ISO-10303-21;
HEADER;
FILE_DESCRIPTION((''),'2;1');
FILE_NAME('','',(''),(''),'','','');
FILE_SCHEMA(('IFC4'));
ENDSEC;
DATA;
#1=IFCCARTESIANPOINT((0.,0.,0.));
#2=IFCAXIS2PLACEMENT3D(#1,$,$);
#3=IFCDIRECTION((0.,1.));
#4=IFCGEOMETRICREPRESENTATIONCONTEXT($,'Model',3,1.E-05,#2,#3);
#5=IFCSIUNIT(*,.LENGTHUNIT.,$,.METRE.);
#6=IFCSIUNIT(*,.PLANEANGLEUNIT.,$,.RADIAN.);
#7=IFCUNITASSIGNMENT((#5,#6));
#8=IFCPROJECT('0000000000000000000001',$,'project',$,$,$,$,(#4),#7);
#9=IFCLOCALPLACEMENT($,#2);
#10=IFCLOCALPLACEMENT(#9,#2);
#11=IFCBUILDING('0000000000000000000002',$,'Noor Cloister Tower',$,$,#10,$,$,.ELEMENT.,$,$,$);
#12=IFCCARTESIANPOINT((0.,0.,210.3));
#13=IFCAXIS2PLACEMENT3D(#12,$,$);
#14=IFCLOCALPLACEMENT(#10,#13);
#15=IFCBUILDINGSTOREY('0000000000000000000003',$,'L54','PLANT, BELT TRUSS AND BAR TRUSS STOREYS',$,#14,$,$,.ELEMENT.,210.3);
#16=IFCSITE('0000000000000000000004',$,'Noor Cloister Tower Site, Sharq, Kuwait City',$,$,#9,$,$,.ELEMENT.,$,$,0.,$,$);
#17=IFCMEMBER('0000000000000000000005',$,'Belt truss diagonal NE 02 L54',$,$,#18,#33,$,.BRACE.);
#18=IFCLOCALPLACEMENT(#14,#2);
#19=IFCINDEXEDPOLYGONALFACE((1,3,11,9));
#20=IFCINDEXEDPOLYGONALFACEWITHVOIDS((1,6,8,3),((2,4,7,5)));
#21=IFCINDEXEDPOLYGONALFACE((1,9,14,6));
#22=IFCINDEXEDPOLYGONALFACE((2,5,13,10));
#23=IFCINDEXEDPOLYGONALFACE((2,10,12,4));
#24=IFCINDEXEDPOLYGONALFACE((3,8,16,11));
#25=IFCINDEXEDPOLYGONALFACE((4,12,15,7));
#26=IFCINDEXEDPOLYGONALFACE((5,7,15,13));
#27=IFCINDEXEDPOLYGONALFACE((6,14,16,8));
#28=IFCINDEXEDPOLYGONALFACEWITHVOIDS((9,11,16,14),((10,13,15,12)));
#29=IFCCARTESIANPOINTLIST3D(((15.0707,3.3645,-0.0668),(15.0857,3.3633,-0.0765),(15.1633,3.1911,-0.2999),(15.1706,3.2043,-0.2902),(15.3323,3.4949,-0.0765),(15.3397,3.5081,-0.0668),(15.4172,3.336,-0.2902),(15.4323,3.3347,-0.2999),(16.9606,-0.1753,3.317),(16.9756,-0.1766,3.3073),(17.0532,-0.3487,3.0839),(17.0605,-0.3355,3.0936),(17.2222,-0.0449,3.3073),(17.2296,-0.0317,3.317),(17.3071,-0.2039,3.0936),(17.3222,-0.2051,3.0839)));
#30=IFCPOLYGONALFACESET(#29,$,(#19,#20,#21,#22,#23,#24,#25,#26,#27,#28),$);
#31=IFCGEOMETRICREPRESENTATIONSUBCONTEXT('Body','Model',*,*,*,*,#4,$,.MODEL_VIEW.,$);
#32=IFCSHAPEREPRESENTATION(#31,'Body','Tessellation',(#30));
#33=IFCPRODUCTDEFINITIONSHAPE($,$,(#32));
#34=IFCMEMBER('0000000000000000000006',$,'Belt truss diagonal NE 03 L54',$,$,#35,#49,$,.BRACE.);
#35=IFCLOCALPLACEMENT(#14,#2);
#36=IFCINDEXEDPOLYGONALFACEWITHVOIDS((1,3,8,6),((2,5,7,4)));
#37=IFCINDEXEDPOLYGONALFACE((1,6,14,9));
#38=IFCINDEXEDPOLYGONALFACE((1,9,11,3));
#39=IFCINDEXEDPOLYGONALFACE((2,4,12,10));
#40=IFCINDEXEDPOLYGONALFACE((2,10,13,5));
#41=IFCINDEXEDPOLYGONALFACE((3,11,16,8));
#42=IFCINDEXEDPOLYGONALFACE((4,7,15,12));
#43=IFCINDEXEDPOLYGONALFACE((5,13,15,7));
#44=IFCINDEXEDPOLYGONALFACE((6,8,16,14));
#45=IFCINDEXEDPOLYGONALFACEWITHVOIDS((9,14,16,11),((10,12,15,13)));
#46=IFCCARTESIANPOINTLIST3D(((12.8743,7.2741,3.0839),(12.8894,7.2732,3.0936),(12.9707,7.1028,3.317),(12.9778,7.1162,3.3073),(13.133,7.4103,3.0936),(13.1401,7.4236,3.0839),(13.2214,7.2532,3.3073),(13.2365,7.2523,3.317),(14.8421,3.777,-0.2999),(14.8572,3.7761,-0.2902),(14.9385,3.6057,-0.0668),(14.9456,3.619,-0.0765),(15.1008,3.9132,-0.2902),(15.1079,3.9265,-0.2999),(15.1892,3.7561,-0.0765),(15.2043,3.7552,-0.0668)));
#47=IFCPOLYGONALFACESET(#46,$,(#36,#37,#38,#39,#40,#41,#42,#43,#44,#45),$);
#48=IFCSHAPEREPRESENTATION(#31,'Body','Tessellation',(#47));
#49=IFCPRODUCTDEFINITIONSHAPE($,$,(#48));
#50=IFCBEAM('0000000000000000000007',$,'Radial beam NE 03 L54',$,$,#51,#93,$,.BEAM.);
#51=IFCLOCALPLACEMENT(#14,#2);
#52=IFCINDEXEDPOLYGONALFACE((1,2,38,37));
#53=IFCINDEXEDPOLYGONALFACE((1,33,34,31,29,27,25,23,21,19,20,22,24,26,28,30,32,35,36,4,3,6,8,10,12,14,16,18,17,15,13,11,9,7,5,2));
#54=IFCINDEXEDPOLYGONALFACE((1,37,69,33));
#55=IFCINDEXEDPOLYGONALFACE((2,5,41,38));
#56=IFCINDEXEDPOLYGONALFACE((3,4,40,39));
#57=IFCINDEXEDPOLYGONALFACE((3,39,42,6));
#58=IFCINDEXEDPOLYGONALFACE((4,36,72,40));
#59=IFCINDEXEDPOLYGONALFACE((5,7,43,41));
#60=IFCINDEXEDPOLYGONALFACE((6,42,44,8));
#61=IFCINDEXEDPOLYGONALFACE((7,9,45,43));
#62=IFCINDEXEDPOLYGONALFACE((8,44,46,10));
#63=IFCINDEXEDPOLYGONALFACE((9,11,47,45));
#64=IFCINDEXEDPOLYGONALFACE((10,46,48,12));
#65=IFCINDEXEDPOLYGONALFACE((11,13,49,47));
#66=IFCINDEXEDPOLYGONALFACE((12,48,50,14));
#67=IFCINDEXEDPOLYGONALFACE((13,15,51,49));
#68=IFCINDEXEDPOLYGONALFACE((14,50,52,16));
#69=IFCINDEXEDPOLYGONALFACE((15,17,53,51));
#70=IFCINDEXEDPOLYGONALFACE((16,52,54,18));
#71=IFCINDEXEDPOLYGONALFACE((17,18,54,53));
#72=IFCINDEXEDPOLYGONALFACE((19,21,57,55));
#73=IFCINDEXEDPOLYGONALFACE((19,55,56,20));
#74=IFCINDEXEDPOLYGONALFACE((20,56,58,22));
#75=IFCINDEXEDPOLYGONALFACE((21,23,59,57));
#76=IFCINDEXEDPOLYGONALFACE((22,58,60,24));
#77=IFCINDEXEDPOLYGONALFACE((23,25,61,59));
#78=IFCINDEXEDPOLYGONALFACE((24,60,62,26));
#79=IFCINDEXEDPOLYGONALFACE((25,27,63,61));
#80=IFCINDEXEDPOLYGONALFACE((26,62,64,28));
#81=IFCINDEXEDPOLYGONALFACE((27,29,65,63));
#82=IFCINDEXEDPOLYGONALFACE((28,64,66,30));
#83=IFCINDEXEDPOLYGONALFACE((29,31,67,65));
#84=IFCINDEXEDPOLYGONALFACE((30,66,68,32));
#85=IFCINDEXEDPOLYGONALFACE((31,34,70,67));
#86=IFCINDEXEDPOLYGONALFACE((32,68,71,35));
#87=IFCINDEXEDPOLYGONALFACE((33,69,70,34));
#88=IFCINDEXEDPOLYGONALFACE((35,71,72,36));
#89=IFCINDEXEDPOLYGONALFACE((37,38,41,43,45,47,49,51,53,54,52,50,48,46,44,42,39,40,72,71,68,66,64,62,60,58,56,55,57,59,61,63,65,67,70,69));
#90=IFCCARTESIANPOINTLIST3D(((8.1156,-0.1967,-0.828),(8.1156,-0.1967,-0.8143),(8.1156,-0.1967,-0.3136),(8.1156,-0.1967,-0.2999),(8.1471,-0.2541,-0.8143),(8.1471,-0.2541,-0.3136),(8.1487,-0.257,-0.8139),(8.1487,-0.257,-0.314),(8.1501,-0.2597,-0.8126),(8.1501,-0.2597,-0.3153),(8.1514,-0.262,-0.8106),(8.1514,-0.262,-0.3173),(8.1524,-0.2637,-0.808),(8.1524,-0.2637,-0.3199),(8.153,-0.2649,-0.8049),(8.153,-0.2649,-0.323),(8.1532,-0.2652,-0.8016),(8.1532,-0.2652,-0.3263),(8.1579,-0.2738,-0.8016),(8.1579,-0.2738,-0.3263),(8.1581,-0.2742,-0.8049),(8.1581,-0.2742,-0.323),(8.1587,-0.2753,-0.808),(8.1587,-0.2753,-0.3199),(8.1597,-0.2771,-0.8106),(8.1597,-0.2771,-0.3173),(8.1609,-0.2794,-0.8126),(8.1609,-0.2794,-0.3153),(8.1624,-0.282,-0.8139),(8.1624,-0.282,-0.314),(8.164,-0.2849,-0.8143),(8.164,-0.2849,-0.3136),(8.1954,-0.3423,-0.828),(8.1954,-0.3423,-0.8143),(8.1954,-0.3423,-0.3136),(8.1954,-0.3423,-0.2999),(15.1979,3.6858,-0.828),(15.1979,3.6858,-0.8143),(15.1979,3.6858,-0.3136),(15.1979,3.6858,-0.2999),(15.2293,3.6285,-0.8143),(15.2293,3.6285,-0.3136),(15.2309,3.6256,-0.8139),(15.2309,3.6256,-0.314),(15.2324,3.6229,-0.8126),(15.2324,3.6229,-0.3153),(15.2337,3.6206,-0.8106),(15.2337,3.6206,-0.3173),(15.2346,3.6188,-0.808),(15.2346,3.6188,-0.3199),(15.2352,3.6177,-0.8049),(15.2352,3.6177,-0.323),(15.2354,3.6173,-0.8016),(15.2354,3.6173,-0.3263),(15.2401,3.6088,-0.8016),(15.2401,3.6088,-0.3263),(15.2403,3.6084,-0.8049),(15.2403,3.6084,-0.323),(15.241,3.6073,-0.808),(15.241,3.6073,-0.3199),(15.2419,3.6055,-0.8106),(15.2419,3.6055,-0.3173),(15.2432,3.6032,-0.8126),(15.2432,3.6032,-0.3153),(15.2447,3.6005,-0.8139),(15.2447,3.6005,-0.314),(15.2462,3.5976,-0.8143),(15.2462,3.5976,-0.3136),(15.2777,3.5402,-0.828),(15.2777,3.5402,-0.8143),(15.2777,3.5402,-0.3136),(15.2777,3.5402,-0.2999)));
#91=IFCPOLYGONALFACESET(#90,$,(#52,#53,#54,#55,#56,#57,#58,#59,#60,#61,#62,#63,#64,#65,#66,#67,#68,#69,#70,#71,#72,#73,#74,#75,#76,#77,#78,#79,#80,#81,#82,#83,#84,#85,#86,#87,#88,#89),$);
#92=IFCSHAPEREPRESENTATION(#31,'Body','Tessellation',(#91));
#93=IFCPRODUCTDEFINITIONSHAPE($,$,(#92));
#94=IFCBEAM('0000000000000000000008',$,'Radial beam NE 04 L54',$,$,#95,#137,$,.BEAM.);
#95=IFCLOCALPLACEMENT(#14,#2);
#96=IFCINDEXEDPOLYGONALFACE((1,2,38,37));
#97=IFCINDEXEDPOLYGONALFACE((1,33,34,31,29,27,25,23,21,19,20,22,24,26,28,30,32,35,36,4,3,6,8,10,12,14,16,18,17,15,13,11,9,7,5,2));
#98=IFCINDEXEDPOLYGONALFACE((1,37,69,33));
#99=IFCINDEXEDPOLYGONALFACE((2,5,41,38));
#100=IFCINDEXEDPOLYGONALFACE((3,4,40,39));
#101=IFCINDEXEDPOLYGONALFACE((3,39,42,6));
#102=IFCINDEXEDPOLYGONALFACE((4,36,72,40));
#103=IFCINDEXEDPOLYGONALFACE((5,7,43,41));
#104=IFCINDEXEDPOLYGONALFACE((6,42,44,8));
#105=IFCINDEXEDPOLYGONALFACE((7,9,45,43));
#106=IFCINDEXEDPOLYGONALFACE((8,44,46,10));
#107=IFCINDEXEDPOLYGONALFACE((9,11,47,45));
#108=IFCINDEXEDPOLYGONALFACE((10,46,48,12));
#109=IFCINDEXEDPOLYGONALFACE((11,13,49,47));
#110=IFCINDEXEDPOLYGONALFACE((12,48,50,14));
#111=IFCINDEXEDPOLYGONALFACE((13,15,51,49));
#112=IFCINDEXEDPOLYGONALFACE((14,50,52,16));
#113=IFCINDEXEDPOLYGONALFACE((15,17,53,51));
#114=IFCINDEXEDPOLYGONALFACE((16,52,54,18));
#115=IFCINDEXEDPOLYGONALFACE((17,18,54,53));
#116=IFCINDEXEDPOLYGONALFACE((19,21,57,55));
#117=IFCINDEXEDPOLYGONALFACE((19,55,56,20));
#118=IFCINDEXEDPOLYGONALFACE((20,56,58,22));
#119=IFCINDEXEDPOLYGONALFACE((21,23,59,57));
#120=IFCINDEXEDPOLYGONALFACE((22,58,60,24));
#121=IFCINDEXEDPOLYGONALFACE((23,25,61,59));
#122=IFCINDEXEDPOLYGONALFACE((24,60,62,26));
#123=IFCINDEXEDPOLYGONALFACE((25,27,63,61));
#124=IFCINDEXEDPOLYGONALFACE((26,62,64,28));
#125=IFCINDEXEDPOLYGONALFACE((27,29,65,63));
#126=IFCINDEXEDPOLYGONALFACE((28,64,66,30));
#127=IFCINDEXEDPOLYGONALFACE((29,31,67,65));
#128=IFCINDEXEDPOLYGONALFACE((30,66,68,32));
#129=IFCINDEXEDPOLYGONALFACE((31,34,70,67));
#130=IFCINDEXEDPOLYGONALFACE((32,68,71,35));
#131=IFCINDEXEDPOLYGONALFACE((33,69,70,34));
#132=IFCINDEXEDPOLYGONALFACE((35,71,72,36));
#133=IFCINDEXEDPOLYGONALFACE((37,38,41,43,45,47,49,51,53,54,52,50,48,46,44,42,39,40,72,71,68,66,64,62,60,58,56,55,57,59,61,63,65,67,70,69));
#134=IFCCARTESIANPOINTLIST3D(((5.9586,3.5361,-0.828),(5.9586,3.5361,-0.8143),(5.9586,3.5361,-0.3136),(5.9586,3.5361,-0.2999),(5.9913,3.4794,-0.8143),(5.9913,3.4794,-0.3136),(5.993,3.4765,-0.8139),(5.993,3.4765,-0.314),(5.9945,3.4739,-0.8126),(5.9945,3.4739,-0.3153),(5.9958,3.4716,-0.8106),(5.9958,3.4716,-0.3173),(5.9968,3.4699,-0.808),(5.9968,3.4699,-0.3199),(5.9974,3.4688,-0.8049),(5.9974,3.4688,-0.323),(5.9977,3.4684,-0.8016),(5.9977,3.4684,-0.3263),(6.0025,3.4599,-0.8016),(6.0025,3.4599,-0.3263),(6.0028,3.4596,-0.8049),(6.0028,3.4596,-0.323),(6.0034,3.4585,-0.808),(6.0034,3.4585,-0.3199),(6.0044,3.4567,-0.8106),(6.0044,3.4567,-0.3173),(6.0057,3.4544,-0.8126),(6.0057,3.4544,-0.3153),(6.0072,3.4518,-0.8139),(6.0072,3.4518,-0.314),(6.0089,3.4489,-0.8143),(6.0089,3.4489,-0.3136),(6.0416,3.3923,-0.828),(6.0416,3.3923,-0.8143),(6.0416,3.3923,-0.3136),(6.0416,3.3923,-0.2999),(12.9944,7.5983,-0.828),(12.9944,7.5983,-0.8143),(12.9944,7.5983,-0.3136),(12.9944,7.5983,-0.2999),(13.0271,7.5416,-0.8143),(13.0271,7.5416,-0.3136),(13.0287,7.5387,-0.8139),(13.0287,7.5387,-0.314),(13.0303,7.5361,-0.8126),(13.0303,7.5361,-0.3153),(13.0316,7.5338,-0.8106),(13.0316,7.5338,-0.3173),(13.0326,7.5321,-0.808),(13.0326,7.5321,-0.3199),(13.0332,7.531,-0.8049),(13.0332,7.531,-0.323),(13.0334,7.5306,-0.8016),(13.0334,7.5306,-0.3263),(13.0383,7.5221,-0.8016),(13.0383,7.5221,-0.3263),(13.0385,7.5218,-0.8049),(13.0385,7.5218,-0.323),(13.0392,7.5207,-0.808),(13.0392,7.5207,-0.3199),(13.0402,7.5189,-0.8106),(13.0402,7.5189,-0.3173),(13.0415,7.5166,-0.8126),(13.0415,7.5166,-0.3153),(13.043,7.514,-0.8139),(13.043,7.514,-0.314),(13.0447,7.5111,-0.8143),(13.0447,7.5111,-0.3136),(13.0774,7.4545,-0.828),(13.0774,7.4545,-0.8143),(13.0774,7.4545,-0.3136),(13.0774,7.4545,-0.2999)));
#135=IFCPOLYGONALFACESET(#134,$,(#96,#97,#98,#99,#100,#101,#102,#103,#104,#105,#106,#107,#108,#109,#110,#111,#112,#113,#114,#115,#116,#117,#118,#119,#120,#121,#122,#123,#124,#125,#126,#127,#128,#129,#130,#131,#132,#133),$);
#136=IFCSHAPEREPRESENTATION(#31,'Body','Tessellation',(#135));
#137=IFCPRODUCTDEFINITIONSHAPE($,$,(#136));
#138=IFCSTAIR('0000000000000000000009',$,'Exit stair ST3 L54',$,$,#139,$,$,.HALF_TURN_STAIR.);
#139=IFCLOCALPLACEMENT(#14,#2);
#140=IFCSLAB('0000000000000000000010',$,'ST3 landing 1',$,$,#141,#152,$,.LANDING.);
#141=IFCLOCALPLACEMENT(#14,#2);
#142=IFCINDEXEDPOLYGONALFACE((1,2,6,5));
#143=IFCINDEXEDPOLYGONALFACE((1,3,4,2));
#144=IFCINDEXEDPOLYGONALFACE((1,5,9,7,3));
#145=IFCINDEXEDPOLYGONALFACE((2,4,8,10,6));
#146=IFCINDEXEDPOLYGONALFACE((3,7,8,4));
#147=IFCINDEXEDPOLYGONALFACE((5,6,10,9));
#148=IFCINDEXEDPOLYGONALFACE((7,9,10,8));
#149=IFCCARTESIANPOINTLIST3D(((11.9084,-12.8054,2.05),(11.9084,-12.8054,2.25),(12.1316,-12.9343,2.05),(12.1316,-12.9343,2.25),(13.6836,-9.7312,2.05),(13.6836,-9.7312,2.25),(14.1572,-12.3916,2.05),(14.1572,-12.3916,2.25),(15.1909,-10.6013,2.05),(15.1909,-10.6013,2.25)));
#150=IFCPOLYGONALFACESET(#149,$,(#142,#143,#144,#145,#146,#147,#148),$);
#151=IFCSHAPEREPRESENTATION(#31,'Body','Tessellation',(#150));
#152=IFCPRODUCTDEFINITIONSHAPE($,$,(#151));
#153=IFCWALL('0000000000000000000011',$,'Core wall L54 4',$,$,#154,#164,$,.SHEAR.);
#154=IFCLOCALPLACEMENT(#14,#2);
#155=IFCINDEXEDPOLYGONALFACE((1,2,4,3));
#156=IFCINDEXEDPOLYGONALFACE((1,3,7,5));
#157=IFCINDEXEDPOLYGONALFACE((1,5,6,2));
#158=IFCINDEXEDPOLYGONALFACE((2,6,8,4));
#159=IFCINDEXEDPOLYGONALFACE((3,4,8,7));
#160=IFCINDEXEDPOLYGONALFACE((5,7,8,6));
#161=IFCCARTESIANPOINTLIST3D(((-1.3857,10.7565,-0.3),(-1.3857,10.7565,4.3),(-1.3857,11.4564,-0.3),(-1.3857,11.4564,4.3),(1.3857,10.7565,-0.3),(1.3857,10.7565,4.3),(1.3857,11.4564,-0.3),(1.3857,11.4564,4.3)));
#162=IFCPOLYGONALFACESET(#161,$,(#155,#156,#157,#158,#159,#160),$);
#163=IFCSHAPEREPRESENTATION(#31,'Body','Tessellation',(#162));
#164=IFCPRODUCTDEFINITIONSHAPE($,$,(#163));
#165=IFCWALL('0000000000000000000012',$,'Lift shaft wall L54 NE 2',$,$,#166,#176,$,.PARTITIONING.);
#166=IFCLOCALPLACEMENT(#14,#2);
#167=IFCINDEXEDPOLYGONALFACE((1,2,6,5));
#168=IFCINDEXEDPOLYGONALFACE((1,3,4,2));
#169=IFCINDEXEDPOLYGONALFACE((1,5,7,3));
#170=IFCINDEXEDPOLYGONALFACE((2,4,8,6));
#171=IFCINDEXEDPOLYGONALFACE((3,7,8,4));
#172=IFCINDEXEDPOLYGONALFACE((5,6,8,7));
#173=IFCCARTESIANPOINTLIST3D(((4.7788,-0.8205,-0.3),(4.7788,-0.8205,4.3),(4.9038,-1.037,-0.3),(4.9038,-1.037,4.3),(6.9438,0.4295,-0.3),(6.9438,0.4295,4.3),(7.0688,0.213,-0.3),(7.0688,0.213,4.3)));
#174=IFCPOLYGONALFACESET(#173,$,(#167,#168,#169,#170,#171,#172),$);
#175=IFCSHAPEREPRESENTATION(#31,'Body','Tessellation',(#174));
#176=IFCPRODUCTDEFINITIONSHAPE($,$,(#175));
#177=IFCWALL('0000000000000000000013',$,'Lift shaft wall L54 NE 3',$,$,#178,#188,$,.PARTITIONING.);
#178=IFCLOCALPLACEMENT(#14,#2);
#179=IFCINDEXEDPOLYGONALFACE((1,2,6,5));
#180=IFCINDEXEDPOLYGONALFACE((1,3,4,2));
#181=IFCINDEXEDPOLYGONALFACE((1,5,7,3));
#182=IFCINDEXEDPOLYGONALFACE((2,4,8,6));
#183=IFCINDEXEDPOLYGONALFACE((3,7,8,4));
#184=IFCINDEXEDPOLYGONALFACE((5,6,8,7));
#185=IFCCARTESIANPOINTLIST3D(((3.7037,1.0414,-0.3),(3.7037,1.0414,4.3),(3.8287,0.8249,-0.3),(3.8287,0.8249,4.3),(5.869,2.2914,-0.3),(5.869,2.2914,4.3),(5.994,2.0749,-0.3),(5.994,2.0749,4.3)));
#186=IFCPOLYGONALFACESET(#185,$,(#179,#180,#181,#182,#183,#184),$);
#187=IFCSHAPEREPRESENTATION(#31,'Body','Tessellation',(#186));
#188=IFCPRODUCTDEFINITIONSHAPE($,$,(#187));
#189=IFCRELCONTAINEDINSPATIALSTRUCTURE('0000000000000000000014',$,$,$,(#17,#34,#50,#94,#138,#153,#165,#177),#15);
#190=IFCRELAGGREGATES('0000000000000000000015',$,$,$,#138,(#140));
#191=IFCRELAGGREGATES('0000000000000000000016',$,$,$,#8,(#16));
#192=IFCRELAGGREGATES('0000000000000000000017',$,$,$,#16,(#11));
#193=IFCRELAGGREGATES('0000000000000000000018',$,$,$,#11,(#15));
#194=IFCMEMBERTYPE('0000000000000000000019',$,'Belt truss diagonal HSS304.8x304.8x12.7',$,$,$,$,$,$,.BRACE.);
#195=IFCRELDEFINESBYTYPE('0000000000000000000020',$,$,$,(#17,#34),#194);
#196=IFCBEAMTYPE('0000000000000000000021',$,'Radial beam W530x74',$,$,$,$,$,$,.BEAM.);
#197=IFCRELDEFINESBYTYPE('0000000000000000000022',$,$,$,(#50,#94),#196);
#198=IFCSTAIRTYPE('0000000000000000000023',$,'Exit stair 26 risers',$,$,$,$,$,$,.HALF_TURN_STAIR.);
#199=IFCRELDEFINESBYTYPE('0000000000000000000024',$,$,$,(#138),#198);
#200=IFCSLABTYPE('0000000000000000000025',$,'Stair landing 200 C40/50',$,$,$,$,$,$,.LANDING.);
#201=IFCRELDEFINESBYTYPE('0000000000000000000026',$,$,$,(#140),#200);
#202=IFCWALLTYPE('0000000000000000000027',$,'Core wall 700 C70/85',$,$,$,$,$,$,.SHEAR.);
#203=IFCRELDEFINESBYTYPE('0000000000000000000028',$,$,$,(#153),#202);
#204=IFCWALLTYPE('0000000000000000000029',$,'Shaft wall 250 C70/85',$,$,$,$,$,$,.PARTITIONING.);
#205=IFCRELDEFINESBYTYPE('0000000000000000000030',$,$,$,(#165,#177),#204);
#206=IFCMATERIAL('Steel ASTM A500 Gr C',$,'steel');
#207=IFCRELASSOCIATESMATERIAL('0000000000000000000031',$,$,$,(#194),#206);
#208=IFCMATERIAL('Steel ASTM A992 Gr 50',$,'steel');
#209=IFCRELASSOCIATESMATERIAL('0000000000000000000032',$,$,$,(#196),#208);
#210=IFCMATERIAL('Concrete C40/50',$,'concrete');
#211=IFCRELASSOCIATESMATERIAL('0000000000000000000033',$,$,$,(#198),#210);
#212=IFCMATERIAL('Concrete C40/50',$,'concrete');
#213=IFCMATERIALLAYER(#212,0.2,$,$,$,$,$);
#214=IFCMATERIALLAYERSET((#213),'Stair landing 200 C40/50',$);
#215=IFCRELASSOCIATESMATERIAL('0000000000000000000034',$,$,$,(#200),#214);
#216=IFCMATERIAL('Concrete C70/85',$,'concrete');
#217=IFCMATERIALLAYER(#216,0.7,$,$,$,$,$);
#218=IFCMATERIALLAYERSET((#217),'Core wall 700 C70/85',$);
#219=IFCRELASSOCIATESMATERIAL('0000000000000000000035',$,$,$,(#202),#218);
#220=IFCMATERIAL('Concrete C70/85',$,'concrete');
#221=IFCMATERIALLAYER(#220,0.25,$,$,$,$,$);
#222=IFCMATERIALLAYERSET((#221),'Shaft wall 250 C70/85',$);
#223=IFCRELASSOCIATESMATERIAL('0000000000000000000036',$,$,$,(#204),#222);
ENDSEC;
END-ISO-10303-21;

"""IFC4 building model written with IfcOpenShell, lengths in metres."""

from ifc_helpers import new_model, si_unit, direction, frame, frame_2d, origin, origin_2d, place, context, subcontext, project, spatial, polyline, rectangle, hollow_rectangle, i_section, outline, extrude, material, layer, layer_set, material_profile, profile_set, type_object, element, aggregate, save


model = new_model("IFC4")

# Units and contexts
model_context = context("Model", 3, precision=1e-05, world=origin(), true_north=direction((0.0, 1.0)))
body_context = subcontext(model_context, "Body", "Model", "MODEL_VIEW")
ifc_project = project(units=[si_unit("LENGTHUNIT", "METRE"), si_unit("PLANEANGLEUNIT", "RADIAN")], contexts=[model_context])

# Site, building, storey
site_placement = place(None, origin())
site = spatial("IfcSite", under=ifc_project, at=site_placement, Name="Noor Cloister Tower Site, Sharq, Kuwait City", CompositionType="ELEMENT", RefElevation=0.0)
building_placement = place(site_placement, origin())
building = spatial("IfcBuilding", under=site, at=building_placement, Name="Noor Cloister Tower", CompositionType="ELEMENT")
storey_placement = place(building_placement, frame((0.0, 0.0, 210.3)))
storey = spatial("IfcBuildingStorey", under=building, at=storey_placement, Name="L54", Description="PLANT, BELT TRUSS AND BAR TRUSS STOREYS", CompositionType="ELEMENT", Elevation=210.3)

# Members
ifc_material_1 = material(Name="Steel ASTM A500 Gr C", Category="steel")
ifc_material_profile_1 = material_profile(ifc_material_1, hollow_rectangle(XDim=0.3049, YDim=0.3049, WallThickness=0.0127, at=origin_2d()), Name="HSS304.8x304.8x12.7")
ifc_profile_set_1 = profile_set([ifc_material_profile_1], Name="Steel ASTM A500 Gr C")
member_type = type_object("IfcMemberType", Name="Belt truss diagonal HSS304.8x304.8x12.7", PredefinedType="BRACE", material=ifc_profile_set_1)
for number, where, z_axis, x_axis, name in (
    (1, (15.2515, 3.3496, -0.1833), (0.360049, -0.674377, 0.644656), (0.882146, 0.470977, 0.0), "Belt truss diagonal NE 02 L54"),
    (2, (15.0232, 3.7661, -0.1833), (-0.374888, 0.66624, 0.644658), (-0.871504, -0.490388, 0.0), "Belt truss diagonal NE 03 L54"),
):
    element("IfcMember", number, at=place(storey_placement, frame(where, z_axis=z_axis, x_axis=x_axis)), inside=storey, type_object=member_type, Name=name, PredefinedType="BRACE", context=body_context, shape_type="SweptSolid", body=[
        extrude(hollow_rectangle(XDim=0.3049, YDim=0.3049, WallThickness=0.0127, at=origin_2d()), origin(), (0.0, 0.0, 1.0), 5.249),
    ])

# Beams
ifc_material_2 = material(Name="Steel ASTM A992 Gr 50", Category="steel")
ifc_material_profile_2 = material_profile(ifc_material_2, i_section(OverallWidth=0.166, OverallDepth=0.5281, WebThickness=0.0098, FlangeThickness=0.0137, FilletRadius=0.0127, at=origin_2d()), Name="W530x74")
ifc_profile_set_2 = profile_set([ifc_material_profile_2], Name="Steel ASTM A992 Gr 50")
beam_type_1 = type_object("IfcBeamType", Name="Radial beam W530x74", PredefinedType="BEAM", material=ifc_profile_set_2)
beam_1_placement = place(storey_placement, frame((15.2378, 3.613, -0.564), z_axis=(-0.876878, -0.480713, 0.0), x_axis=(0.480713, -0.876878, 0.0)))
element("IfcBeam", 3, at=beam_1_placement, inside=storey, type_object=beam_type_1, Name="Radial beam NE 03 L54", PredefinedType="BEAM", context=body_context, shape_type="SweptSolid", body=[
    extrude(i_section(OverallWidth=0.166, OverallDepth=0.5281, WebThickness=0.0098, FlangeThickness=0.0137, FilletRadius=0.0127, at=origin_2d()), origin(), (0.0, 0.0, 1.0), 8.0767),
])
beam_2_placement = place(storey_placement, frame((13.0359, 7.5264, -0.564), z_axis=(-0.866021, -0.500008, 0.0), x_axis=(0.500008, -0.866021, 0.0)))
element("IfcBeam", 4, at=beam_2_placement, inside=storey, type_object=beam_type_1, Name="Radial beam NE 04 L54", PredefinedType="BEAM", context=body_context, shape_type="SweptSolid", body=[
    extrude(i_section(OverallWidth=0.166, OverallDepth=0.5281, WebThickness=0.0098, FlangeThickness=0.0137, FilletRadius=0.0127, at=origin_2d()), origin(), (0.0, 0.0, 1.0), 8.1243),
])

# Stair, slab
ifc_material_3 = material(Name="Concrete C40/50", Category="concrete")
stair_type = type_object("IfcStairType", Name="Exit stair 26 risers", PredefinedType="HALF_TURN_STAIR", material=ifc_material_3)
stair_placement = place(storey_placement, origin())
stair = element("IfcStair", 5, at=stair_placement, inside=storey, type_object=stair_type, Name="Exit stair ST3 L54", PredefinedType="HALF_TURN_STAIR")
ifc_material_4 = material(Name="Concrete C40/50", Category="concrete")
ifc_layer_1 = layer(ifc_material_4, 0.2)
ifc_layer_set_1 = layer_set([ifc_layer_1], Name="Stair landing 200 C40/50")
slab_type = type_object("IfcSlabType", Name="Stair landing 200 C40/50", PredefinedType="LANDING", material=ifc_layer_set_1)
slab_placement = place(storey_placement, frame((0.0, 0.0, 2.05)))
slab = element("IfcSlab", 6, at=slab_placement, type_object=slab_type, Name="ST3 landing 1", PredefinedType="LANDING", context=body_context, shape_type="SweptSolid", body=[
    extrude(outline(polyline([(11.9084, -12.8054), (12.1316, -12.9343), (14.1572, -12.3916), (15.1909, -10.6013), (13.6836, -9.7312), (11.9084, -12.8054)])), origin(), (0.0, 0.0, 1.0), 0.2),
])
aggregate(stair, [slab])

# Walls
ifc_material_5 = material(Name="Concrete C70/85", Category="concrete")
ifc_layer_2 = layer(ifc_material_5, 0.7)
ifc_layer_set_2 = layer_set([ifc_layer_2], Name="Core wall 700 C70/85")
wall_type_1 = type_object("IfcWallType", Name="Core wall 700 C70/85", PredefinedType="SHEAR", material=ifc_layer_set_2)
wall_1_placement = place(storey_placement, frame((1.3857, 11.1064, -0.3), z_axis=(0.0, 0.0, 1.0), x_axis=(-1.0, 0.0, 0.0)))
element("IfcWall", 7, at=wall_1_placement, inside=storey, type_object=wall_type_1, Name="Core wall L54 4", PredefinedType="SHEAR", context=body_context, shape_type="SweptSolid", body=[
    extrude(rectangle(XDim=2.7715, YDim=0.7, at=frame_2d((1.3857, 0.0))), origin(), (0.0, 0.0, 1.0), 4.6001),
])
ifc_material_6 = material(Name="Concrete C70/85", Category="concrete")
ifc_layer_3 = layer(ifc_material_6, 0.25)
ifc_layer_set_3 = layer_set([ifc_layer_3], Name="Shaft wall 250 C70/85")
wall_type_2 = type_object("IfcWallType", Name="Shaft wall 250 C70/85", PredefinedType="PARTITIONING", material=ifc_layer_set_3)
wall_2_placement = place(storey_placement, frame((7.0063, 0.3213, -0.3), z_axis=(0.0, 0.0, 1.0), x_axis=(-0.866023, -0.500004, 0.0)))
element("IfcWall", 8, at=wall_2_placement, inside=storey, type_object=wall_type_2, Name="Lift shaft wall L54 NE 2", PredefinedType="PARTITIONING", context=body_context, shape_type="SweptSolid", body=[
    extrude(rectangle(XDim=2.5, YDim=0.25, at=frame_2d((1.25, 0.0))), origin(), (0.0, 0.0, 1.0), 4.6001),
])
wall_3_placement = place(storey_placement, frame((5.9314, 2.1831, -0.3), z_axis=(0.0, 0.0, 1.0), x_axis=(-0.866047, -0.499962, 0.0)))
element("IfcWall", 9, at=wall_3_placement, inside=storey, type_object=wall_type_2, Name="Lift shaft wall L54 NE 3", PredefinedType="PARTITIONING", context=body_context, shape_type="SweptSolid", body=[
    extrude(rectangle(XDim=2.5002, YDim=0.25, at=frame_2d((1.25, 0.0))), origin(), (0.0, 0.0, 1.0), 4.6001),
])

save(model, "model.ifc")
